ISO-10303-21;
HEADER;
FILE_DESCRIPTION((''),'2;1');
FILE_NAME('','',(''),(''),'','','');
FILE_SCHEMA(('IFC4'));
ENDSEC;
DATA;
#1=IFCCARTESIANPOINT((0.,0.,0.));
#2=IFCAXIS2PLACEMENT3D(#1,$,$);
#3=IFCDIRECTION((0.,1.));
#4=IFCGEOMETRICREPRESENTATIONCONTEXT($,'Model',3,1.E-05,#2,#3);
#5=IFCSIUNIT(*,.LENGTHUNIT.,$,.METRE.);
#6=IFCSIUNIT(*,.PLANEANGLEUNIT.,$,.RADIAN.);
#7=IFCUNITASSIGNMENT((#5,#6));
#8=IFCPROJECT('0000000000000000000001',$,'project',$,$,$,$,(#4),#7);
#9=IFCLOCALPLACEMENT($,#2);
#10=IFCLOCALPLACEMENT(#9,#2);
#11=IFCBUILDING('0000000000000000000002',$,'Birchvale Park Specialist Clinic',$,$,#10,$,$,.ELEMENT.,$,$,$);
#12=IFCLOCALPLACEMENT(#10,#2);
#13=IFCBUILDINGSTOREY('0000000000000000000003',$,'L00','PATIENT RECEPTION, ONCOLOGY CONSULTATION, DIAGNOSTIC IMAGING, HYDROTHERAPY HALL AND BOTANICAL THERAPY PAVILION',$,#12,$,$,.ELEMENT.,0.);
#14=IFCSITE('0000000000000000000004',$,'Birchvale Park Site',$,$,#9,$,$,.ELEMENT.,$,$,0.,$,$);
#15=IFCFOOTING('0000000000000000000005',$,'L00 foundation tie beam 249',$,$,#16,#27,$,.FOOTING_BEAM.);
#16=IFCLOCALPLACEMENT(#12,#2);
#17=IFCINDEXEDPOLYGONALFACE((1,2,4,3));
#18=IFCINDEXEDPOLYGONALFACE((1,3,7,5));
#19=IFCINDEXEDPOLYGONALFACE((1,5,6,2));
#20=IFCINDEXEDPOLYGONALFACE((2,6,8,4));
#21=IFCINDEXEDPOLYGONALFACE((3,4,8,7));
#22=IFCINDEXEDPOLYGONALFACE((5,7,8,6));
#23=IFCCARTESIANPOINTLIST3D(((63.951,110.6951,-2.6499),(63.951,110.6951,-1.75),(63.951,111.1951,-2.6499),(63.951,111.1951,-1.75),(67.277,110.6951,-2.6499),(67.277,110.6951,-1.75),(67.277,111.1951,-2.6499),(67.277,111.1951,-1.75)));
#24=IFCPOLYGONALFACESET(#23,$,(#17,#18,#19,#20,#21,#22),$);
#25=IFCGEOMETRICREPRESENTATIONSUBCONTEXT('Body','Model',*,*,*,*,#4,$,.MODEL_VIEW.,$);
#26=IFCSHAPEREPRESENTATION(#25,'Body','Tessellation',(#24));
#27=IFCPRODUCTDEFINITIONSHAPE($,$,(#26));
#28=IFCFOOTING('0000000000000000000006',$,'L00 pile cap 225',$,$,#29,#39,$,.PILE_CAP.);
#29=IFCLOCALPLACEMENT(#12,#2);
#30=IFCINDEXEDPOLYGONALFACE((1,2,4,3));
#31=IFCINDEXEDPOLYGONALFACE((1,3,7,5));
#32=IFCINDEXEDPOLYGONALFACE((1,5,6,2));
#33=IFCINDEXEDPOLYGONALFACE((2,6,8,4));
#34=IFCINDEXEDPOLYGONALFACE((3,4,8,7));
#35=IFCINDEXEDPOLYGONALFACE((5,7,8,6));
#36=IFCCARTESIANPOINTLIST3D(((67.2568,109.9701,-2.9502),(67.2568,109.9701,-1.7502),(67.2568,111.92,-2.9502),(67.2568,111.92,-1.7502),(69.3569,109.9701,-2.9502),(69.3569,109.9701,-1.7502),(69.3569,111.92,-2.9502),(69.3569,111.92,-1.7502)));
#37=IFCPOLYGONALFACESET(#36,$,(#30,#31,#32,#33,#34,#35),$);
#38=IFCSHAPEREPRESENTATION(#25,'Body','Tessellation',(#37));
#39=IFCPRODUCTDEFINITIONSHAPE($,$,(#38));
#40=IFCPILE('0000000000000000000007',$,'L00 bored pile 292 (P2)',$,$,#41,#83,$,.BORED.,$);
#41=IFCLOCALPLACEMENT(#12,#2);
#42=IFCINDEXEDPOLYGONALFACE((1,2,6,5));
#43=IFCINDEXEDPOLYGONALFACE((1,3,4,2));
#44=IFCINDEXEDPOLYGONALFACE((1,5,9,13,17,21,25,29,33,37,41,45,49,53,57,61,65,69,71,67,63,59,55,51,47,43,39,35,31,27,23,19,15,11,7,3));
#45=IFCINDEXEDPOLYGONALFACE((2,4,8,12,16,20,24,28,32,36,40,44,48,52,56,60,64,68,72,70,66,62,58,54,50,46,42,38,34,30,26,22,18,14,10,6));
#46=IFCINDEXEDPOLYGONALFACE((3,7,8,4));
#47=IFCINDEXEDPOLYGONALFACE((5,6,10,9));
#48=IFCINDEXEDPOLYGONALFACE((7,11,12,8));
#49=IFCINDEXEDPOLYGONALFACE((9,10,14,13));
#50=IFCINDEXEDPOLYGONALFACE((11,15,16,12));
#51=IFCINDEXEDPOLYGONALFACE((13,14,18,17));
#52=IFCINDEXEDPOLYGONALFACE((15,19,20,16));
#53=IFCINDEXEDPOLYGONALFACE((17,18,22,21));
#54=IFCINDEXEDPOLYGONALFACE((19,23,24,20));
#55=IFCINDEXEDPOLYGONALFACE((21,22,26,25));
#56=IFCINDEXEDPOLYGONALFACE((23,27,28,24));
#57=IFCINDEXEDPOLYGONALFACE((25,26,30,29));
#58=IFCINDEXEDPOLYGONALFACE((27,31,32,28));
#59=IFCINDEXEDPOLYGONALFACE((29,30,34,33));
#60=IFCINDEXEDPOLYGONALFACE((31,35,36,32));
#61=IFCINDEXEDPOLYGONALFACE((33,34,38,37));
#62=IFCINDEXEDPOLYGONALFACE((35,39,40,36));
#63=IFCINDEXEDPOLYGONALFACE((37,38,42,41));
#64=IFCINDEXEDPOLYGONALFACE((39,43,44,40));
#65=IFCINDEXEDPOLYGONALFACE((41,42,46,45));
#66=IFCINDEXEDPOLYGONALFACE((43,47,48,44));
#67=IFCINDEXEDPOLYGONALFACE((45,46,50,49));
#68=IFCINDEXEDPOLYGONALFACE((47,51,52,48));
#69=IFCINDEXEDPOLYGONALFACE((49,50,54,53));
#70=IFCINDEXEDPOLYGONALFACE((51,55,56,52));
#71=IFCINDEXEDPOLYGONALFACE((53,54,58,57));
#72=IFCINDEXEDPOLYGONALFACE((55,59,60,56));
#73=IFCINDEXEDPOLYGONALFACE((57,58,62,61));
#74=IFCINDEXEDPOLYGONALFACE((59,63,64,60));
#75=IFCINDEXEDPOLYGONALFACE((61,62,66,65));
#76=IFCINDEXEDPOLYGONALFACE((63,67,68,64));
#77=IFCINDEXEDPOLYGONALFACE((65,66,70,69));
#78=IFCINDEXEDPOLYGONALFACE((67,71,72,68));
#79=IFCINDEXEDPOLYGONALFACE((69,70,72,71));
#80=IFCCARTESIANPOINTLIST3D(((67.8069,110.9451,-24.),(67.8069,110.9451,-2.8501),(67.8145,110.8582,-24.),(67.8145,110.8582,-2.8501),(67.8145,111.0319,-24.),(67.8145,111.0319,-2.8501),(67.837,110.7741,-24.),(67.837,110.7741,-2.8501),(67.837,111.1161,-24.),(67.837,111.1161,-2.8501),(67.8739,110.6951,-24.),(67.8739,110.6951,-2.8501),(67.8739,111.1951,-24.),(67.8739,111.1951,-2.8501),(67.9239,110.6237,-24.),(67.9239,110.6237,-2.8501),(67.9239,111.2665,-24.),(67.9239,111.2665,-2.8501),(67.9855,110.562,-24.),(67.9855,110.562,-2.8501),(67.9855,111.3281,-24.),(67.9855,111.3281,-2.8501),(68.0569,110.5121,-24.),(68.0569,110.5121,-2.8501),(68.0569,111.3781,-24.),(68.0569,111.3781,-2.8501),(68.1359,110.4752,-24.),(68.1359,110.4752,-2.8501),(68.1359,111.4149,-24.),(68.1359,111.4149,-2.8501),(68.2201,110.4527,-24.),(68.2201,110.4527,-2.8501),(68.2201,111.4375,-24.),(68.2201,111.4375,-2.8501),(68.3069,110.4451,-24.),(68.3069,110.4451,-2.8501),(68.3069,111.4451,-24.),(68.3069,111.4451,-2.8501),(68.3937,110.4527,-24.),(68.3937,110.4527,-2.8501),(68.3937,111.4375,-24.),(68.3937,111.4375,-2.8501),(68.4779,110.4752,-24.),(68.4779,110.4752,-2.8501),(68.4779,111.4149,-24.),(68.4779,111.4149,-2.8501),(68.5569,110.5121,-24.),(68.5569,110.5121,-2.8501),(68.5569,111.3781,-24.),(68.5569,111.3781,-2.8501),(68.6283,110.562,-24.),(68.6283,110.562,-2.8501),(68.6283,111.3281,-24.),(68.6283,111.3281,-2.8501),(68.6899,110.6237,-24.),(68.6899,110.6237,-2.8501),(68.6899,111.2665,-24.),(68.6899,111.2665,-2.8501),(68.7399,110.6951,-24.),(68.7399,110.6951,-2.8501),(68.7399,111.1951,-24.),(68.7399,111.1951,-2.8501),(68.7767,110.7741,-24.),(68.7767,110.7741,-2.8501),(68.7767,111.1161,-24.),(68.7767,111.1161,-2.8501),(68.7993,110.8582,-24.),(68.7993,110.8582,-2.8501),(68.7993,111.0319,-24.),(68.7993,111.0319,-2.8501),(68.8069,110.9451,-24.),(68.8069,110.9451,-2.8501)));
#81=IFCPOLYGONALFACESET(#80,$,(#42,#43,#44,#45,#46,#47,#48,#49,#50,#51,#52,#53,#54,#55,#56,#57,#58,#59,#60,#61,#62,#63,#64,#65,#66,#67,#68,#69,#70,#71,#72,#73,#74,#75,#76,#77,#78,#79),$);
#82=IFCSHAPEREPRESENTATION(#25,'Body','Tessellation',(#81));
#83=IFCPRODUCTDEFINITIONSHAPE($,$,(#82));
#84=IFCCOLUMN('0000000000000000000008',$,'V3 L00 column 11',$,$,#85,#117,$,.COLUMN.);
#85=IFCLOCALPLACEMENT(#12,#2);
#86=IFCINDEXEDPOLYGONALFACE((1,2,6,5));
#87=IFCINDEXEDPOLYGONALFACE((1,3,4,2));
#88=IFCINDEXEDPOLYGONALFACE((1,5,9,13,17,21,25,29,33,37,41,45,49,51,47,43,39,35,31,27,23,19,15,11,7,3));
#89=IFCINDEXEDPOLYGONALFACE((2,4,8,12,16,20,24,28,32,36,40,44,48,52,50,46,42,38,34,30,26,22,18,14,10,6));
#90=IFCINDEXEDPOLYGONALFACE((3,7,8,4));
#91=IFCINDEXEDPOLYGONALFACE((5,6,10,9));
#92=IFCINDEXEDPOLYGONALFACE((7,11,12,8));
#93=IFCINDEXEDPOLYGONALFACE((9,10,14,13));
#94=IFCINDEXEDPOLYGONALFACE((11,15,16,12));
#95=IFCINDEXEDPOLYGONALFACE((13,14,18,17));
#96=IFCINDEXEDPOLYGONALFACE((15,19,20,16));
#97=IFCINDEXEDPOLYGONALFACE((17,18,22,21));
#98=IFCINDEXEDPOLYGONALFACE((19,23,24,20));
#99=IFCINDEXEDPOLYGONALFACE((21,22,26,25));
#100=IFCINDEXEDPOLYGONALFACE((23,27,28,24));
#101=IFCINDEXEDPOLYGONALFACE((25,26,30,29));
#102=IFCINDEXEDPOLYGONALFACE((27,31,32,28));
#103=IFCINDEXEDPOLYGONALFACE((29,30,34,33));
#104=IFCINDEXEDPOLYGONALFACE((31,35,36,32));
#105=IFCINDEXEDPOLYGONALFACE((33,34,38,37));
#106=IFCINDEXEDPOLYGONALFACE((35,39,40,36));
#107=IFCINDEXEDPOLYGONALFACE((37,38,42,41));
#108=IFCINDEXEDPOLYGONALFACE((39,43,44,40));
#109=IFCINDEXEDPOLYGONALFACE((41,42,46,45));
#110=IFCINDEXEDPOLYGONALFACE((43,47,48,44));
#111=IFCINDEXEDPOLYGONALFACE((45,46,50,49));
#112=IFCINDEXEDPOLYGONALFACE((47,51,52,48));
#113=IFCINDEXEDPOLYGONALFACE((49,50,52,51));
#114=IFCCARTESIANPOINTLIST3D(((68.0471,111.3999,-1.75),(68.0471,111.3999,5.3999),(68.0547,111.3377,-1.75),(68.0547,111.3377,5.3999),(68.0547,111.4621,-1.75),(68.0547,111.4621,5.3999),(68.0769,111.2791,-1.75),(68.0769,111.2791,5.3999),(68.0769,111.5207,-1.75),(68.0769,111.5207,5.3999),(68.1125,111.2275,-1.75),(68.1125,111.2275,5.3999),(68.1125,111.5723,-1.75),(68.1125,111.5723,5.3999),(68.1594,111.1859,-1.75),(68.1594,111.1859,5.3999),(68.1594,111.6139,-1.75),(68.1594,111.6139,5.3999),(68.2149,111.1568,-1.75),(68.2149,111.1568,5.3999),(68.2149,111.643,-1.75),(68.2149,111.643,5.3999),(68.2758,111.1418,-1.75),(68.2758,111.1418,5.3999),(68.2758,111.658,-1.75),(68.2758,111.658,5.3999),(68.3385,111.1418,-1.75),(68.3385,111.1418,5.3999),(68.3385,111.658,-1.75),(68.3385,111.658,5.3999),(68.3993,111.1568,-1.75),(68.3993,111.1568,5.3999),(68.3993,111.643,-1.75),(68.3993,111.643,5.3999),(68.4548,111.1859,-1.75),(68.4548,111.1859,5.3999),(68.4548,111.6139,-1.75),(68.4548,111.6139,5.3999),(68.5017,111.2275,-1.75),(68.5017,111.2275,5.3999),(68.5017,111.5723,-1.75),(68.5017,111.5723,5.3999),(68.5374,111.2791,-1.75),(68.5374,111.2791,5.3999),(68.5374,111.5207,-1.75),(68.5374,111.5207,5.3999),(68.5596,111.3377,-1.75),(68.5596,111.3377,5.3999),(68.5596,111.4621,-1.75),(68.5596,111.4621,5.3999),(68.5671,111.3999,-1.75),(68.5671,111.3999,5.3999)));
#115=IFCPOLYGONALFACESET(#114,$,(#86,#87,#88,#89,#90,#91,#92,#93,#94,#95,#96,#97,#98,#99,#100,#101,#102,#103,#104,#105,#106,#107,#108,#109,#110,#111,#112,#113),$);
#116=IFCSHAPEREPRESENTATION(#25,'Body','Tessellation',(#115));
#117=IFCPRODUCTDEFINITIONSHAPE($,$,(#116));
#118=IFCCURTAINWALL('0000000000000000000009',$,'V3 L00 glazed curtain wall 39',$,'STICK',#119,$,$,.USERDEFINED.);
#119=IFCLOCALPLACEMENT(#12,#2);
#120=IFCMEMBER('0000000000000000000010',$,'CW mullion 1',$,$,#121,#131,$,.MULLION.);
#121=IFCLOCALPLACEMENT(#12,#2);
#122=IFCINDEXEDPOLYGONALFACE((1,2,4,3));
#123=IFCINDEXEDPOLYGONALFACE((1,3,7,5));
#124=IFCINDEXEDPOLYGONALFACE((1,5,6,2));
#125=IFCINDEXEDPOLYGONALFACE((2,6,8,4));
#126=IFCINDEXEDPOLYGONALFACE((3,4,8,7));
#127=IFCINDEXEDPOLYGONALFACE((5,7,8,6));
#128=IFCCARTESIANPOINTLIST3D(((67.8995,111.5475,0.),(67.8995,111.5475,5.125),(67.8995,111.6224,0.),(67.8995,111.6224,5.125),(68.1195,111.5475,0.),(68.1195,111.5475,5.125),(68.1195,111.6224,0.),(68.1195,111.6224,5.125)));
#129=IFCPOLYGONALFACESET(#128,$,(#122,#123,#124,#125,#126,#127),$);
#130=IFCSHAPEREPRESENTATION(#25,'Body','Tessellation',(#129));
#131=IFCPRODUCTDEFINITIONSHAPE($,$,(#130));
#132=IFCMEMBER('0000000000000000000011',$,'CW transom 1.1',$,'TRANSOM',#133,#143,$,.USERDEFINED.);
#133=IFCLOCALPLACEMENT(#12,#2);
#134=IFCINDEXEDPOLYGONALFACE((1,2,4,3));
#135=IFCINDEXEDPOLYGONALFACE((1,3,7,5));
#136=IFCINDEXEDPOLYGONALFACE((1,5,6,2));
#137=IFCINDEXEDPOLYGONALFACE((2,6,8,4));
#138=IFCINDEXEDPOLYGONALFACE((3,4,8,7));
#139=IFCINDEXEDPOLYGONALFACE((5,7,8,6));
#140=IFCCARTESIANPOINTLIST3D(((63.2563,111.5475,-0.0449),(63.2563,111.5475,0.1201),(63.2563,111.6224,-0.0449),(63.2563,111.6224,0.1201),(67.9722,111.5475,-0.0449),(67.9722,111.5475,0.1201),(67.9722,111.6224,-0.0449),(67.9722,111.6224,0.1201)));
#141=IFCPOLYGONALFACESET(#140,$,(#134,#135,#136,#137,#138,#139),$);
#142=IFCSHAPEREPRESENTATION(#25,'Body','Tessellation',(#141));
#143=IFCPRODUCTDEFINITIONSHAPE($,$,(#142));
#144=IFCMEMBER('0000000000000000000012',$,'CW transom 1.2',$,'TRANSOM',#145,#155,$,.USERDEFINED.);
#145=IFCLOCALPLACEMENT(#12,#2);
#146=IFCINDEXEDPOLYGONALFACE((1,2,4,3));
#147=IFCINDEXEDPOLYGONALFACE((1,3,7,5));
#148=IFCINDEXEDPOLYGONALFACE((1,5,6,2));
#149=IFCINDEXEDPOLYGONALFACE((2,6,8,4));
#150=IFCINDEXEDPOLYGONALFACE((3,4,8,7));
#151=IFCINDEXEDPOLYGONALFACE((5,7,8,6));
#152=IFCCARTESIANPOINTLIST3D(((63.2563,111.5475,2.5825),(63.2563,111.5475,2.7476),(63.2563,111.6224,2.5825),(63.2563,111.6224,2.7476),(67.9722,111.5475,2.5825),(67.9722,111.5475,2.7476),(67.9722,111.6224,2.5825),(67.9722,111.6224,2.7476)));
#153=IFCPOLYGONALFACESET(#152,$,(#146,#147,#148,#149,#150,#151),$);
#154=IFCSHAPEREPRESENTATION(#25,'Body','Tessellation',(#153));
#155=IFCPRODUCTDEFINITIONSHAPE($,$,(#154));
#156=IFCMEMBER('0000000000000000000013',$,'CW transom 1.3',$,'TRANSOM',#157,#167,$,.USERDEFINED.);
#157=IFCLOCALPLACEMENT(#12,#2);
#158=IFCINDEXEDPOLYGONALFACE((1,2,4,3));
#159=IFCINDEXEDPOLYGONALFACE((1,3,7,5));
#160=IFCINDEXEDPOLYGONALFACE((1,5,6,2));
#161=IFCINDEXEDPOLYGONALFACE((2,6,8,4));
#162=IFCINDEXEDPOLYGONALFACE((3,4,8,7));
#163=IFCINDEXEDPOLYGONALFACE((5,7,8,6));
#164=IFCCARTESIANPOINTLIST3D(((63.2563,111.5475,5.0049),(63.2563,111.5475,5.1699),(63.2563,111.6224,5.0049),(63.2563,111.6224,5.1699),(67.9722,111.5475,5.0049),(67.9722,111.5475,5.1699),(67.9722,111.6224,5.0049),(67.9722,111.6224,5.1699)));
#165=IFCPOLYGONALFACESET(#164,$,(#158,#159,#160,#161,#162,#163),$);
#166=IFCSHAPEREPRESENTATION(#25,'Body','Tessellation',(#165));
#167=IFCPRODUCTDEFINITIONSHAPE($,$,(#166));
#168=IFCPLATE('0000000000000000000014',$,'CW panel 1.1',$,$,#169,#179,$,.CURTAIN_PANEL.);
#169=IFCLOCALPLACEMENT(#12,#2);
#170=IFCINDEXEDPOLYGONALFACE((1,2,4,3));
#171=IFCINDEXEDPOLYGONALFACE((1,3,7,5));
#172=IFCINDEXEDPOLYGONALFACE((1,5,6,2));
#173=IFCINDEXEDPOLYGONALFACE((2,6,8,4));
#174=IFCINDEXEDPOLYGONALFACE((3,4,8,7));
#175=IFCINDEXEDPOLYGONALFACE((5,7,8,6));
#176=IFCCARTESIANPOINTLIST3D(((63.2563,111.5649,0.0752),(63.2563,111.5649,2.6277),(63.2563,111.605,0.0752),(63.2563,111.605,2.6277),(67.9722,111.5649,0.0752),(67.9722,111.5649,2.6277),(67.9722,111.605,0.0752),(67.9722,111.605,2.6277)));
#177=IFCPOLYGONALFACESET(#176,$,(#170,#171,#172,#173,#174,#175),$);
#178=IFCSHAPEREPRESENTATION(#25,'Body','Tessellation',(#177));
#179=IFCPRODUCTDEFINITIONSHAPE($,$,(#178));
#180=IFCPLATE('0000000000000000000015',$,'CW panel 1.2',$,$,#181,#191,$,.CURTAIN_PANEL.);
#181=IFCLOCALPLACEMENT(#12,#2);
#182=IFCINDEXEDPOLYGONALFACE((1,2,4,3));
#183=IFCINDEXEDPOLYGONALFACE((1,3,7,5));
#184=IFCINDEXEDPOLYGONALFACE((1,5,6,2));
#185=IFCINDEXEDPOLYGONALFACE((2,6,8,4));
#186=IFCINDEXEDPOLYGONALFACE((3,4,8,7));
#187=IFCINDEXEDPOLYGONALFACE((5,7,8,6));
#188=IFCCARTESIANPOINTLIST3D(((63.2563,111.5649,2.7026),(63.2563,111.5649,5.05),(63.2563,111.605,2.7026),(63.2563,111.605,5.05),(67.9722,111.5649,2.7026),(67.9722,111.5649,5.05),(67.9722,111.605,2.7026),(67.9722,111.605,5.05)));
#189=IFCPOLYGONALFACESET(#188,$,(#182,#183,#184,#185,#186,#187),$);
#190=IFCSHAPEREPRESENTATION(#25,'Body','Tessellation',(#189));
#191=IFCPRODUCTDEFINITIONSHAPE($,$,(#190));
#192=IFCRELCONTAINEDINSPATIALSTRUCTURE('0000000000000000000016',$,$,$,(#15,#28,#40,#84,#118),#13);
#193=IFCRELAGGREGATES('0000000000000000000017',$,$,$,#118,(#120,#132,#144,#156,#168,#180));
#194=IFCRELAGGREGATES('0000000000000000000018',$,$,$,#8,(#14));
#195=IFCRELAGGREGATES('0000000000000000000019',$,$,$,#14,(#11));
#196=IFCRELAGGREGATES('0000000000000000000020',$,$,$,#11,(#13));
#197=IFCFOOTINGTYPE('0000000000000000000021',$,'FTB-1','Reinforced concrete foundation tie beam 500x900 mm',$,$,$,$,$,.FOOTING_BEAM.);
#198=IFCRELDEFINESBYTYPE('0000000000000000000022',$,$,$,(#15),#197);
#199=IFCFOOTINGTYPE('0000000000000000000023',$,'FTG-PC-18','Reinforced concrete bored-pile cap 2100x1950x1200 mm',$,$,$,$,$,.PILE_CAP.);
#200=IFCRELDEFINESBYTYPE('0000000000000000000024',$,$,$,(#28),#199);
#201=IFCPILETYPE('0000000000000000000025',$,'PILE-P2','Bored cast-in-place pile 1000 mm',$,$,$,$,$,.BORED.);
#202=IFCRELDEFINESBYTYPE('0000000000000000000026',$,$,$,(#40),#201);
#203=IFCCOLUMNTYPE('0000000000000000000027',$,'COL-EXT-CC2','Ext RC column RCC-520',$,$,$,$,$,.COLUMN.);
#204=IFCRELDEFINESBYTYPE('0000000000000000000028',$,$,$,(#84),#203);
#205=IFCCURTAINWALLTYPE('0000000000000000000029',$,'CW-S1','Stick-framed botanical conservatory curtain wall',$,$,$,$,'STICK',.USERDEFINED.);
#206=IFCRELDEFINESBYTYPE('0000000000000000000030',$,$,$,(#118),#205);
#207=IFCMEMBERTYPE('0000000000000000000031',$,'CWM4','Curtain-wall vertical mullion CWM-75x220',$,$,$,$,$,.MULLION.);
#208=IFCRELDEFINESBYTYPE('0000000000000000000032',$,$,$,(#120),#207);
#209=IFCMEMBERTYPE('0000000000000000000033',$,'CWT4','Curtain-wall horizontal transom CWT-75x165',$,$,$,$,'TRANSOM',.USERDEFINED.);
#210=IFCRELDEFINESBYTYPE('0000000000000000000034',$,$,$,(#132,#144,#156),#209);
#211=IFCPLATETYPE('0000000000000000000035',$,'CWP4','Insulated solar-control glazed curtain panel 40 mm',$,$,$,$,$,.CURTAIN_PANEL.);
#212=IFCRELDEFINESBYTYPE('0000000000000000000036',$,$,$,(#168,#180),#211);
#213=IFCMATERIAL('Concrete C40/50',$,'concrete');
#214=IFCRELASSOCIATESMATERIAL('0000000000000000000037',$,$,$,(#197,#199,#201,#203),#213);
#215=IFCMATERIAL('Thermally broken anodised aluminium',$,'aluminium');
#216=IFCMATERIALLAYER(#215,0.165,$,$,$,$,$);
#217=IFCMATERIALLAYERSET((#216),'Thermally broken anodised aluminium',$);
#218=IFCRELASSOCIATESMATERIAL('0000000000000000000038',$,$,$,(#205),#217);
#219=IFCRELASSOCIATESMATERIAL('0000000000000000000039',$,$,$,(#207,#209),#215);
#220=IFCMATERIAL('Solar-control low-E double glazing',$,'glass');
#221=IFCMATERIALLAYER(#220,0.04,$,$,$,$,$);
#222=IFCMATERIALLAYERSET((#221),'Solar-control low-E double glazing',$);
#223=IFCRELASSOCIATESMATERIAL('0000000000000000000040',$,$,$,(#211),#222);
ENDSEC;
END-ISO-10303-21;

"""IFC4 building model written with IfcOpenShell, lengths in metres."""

from ifc_helpers import new_model, si_unit, direction, frame, origin, origin_2d, place, context, subcontext, project, spatial, rectangle, circle, extrude, material, layer, layer_set, material_profile, profile_set, type_object, element, aggregate, save


model = new_model("IFC4")

# Units and contexts
model_context = context("Model", 3, precision=1e-05, world=origin(), true_north=direction((0.0, 1.0)))
body_context = subcontext(model_context, "Body", "Model", "MODEL_VIEW")
ifc_project = project(units=[si_unit("LENGTHUNIT", "METRE"), si_unit("PLANEANGLEUNIT", "RADIAN")], contexts=[model_context])

# Site, building, storey
site_placement = place(None, origin())
site = spatial("IfcSite", under=ifc_project, at=site_placement, Name="Birchvale Park Site", CompositionType="ELEMENT", RefElevation=0.0)
building_placement = place(site_placement, origin())
building = spatial("IfcBuilding", under=site, at=building_placement, Name="Birchvale Park Specialist Clinic", CompositionType="ELEMENT")
storey_placement = place(building_placement, origin())
storey = spatial("IfcBuildingStorey", under=building, at=storey_placement, Name="L00", Description="PATIENT RECEPTION, ONCOLOGY CONSULTATION, DIAGNOSTIC IMAGING, HYDROTHERAPY HALL AND BOTANICAL THERAPY PAVILION", CompositionType="ELEMENT", Elevation=0.0)

# Footings
ifc_material_1 = material(Name="Concrete C40/50", Category="concrete")
footing_type_1 = type_object("IfcFootingType", Name="FTB-1", Description="Reinforced concrete foundation tie beam 500x900 mm", PredefinedType="FOOTING_BEAM", material=ifc_material_1)
footing_1_placement = place(storey_placement, frame((65.614, 110.9451, -2.6499), z_axis=(0.0, 0.0, 1.0), x_axis=(1.0, 0.0, 0.0)))
element("IfcFooting", 1, at=footing_1_placement, inside=storey, type_object=footing_type_1, Name="L00 foundation tie beam 249", PredefinedType="FOOTING_BEAM", context=body_context, shape_type="SweptSolid", body=[
    extrude(rectangle(XDim=3.3259, YDim=0.5, at=origin_2d()), origin(), (0.0, 0.0, 1.0), 0.8999),
])
footing_type_2 = type_object("IfcFootingType", Name="FTG-PC-18", Description="Reinforced concrete bored-pile cap 2100x1950x1200 mm", PredefinedType="PILE_CAP", material=ifc_material_1)
footing_2_placement = place(storey_placement, frame((68.3069, 110.9451, -2.9502), z_axis=(0.0, 0.0, 1.0), x_axis=(1.0, 0.0, 0.0)))
element("IfcFooting", 2, at=footing_2_placement, inside=storey, type_object=footing_type_2, Name="L00 pile cap 225", PredefinedType="PILE_CAP", context=body_context, shape_type="SweptSolid", body=[
    extrude(rectangle(XDim=2.1001, YDim=1.95, at=origin_2d()), origin(), (0.0, 0.0, 1.0), 1.2),
])

# Pile
ifc_material_profile_1 = material_profile(ifc_material_1, circle(Radius=0.5, at=origin_2d()), Name="PILE-1000")
ifc_profile_set_1 = profile_set([ifc_material_profile_1], Name="Concrete C40/50")
pile_type = type_object("IfcPileType", Name="PILE-P2", Description="Bored cast-in-place pile 1000 mm", PredefinedType="BORED", material=ifc_profile_set_1)
pile_placement = place(storey_placement, frame((68.3069, 110.9451, -2.8501), z_axis=(0.0, 0.0, -1.0), x_axis=(1.0, 0.0, 0.0)))
element("IfcPile", 3, at=pile_placement, inside=storey, type_object=pile_type, Name="L00 bored pile 292 (P2)", PredefinedType="BORED", context=body_context, shape_type="SweptSolid", body=[
    extrude(circle(Radius=0.5, at=origin_2d()), origin(), (0.0, 0.0, 1.0), 21.1499),
])

# Column
ifc_material_profile_2 = material_profile(ifc_material_1, circle(Radius=0.26, at=origin_2d()), Name="RCC-520")
ifc_profile_set_2 = profile_set([ifc_material_profile_2], Name="Concrete C40/50")
column_type = type_object("IfcColumnType", Name="COL-EXT-CC2", Description="Ext RC column RCC-520", PredefinedType="COLUMN", material=ifc_profile_set_2)
column_placement = place(storey_placement, frame((68.3071, 111.3999, -1.75), z_axis=(0.0, 0.0, 1.0), x_axis=(1.0, 0.0, 0.0)))
element("IfcColumn", 4, at=column_placement, inside=storey, type_object=column_type, Name="V3 L00 column 11", PredefinedType="COLUMN", context=body_context, shape_type="SweptSolid", body=[
    extrude(circle(Radius=0.26, at=origin_2d()), origin(), (0.0, 0.0, 1.0), 7.1499),
])

# Curtain wall, members, plates
ifc_material_2 = material(Name="Thermally broken anodised aluminium", Category="aluminium")
ifc_layer_1 = layer(ifc_material_2, 0.165)
ifc_layer_set_1 = layer_set([ifc_layer_1], Name="Thermally broken anodised aluminium")
curtain_wall_type = type_object("IfcCurtainWallType", Name="CW-S1", Description="Stick-framed botanical conservatory curtain wall", ElementType="STICK", PredefinedType="USERDEFINED", material=ifc_layer_set_1)
curtain_wall_placement = place(storey_placement, origin())
curtain_wall = element("IfcCurtainWall", 5, at=curtain_wall_placement, inside=storey, type_object=curtain_wall_type, Name="V3 L00 glazed curtain wall 39", ObjectType="STICK", PredefinedType="USERDEFINED")
ifc_material_profile_3 = material_profile(ifc_material_2, rectangle(XDim=0.075, YDim=0.22, at=origin_2d()), Name="CWM-75x220")
ifc_profile_set_3 = profile_set([ifc_material_profile_3], Name="Thermally broken anodised aluminium")
member_type_1 = type_object("IfcMemberType", Name="CWM4", Description="Curtain-wall vertical mullion CWM-75x220", PredefinedType="MULLION", material=ifc_profile_set_3)
member_1_placement = place(storey_placement, frame((68.0095, 111.585, 0.0), z_axis=(0.0, 0.0, 1.0), x_axis=(0.0, -1.0, 0.0)))
member_1 = element("IfcMember", 6, at=member_1_placement, type_object=member_type_1, Name="CW mullion 1", PredefinedType="MULLION", context=body_context, shape_type="SweptSolid", body=[
    extrude(rectangle(XDim=0.075, YDim=0.22, at=origin_2d()), origin(), (0.0, 0.0, 1.0), 5.125),
])
ifc_material_profile_4 = material_profile(ifc_material_2, rectangle(XDim=0.075, YDim=0.165, at=origin_2d()), Name="CWT-75x165")
ifc_profile_set_4 = profile_set([ifc_material_profile_4], Name="Thermally broken anodised aluminium")
member_type_2 = type_object("IfcMemberType", Name="CWT4", Description="Curtain-wall horizontal transom CWT-75x165", ElementType="TRANSOM", PredefinedType="USERDEFINED", material=ifc_profile_set_4)
member_2_placement = place(storey_placement, frame((67.9722, 111.585, 0.0376), z_axis=(-1.0, 0.0, 0.0), x_axis=(0.0, -1.0, 0.0)))
member_2 = element("IfcMember", 7, at=member_2_placement, type_object=member_type_2, Name="CW transom 1.1", ObjectType="TRANSOM", PredefinedType="USERDEFINED", context=body_context, shape_type="SweptSolid", body=[
    extrude(rectangle(XDim=0.075, YDim=0.165, at=origin_2d()), origin(), (0.0, 0.0, 1.0), 4.7158),
])
member_3_placement = place(storey_placement, frame((67.9722, 111.585, 2.665), z_axis=(-1.0, 0.0, 0.0), x_axis=(0.0, -1.0, 0.0)))
member_3 = element("IfcMember", 8, at=member_3_placement, type_object=member_type_2, Name="CW transom 1.2", ObjectType="TRANSOM", PredefinedType="USERDEFINED", context=body_context, shape_type="SweptSolid", body=[
    extrude(rectangle(XDim=0.075, YDim=0.165, at=origin_2d()), origin(), (0.0, 0.0, 1.0), 4.7158),
])
member_4_placement = place(storey_placement, frame((67.9722, 111.585, 5.0874), z_axis=(-1.0, 0.0, 0.0), x_axis=(0.0, -1.0, 0.0)))
member_4 = element("IfcMember", 9, at=member_4_placement, type_object=member_type_2, Name="CW transom 1.3", ObjectType="TRANSOM", PredefinedType="USERDEFINED", context=body_context, shape_type="SweptSolid", body=[
    extrude(rectangle(XDim=0.075, YDim=0.165, at=origin_2d()), origin(), (0.0, 0.0, 1.0), 4.7158),
])
ifc_material_3 = material(Name="Solar-control low-E double glazing", Category="glass")
ifc_layer_2 = layer(ifc_material_3, 0.04)
ifc_layer_set_2 = layer_set([ifc_layer_2], Name="Solar-control low-E double glazing")
plate_type = type_object("IfcPlateType", Name="CWP4", Description="Insulated solar-control glazed curtain panel 40 mm", PredefinedType="CURTAIN_PANEL", material=ifc_layer_set_2)
plate_1_placement = place(storey_placement, frame((65.6143, 111.585, 0.0752), z_axis=(0.0, 0.0, 1.0), x_axis=(-1.0, 0.0, 0.0)))
plate_1 = element("IfcPlate", 10, at=plate_1_placement, type_object=plate_type, Name="CW panel 1.1", PredefinedType="CURTAIN_PANEL", context=body_context, shape_type="SweptSolid", body=[
    extrude(rectangle(XDim=4.7158, YDim=0.04, at=origin_2d()), origin(), (0.0, 0.0, 1.0), 2.5525),
])
plate_2_placement = place(storey_placement, frame((65.6143, 111.585, 2.7026), z_axis=(0.0, 0.0, 1.0), x_axis=(-1.0, 0.0, 0.0)))
plate_2 = element("IfcPlate", 11, at=plate_2_placement, type_object=plate_type, Name="CW panel 1.2", PredefinedType="CURTAIN_PANEL", context=body_context, shape_type="SweptSolid", body=[
    extrude(rectangle(XDim=4.7158, YDim=0.04, at=origin_2d()), origin(), (0.0, 0.0, 1.0), 2.3474),
])
aggregate(curtain_wall, [member_1, member_2, member_3, member_4, plate_1, plate_2])

save(model, "model.ifc")
